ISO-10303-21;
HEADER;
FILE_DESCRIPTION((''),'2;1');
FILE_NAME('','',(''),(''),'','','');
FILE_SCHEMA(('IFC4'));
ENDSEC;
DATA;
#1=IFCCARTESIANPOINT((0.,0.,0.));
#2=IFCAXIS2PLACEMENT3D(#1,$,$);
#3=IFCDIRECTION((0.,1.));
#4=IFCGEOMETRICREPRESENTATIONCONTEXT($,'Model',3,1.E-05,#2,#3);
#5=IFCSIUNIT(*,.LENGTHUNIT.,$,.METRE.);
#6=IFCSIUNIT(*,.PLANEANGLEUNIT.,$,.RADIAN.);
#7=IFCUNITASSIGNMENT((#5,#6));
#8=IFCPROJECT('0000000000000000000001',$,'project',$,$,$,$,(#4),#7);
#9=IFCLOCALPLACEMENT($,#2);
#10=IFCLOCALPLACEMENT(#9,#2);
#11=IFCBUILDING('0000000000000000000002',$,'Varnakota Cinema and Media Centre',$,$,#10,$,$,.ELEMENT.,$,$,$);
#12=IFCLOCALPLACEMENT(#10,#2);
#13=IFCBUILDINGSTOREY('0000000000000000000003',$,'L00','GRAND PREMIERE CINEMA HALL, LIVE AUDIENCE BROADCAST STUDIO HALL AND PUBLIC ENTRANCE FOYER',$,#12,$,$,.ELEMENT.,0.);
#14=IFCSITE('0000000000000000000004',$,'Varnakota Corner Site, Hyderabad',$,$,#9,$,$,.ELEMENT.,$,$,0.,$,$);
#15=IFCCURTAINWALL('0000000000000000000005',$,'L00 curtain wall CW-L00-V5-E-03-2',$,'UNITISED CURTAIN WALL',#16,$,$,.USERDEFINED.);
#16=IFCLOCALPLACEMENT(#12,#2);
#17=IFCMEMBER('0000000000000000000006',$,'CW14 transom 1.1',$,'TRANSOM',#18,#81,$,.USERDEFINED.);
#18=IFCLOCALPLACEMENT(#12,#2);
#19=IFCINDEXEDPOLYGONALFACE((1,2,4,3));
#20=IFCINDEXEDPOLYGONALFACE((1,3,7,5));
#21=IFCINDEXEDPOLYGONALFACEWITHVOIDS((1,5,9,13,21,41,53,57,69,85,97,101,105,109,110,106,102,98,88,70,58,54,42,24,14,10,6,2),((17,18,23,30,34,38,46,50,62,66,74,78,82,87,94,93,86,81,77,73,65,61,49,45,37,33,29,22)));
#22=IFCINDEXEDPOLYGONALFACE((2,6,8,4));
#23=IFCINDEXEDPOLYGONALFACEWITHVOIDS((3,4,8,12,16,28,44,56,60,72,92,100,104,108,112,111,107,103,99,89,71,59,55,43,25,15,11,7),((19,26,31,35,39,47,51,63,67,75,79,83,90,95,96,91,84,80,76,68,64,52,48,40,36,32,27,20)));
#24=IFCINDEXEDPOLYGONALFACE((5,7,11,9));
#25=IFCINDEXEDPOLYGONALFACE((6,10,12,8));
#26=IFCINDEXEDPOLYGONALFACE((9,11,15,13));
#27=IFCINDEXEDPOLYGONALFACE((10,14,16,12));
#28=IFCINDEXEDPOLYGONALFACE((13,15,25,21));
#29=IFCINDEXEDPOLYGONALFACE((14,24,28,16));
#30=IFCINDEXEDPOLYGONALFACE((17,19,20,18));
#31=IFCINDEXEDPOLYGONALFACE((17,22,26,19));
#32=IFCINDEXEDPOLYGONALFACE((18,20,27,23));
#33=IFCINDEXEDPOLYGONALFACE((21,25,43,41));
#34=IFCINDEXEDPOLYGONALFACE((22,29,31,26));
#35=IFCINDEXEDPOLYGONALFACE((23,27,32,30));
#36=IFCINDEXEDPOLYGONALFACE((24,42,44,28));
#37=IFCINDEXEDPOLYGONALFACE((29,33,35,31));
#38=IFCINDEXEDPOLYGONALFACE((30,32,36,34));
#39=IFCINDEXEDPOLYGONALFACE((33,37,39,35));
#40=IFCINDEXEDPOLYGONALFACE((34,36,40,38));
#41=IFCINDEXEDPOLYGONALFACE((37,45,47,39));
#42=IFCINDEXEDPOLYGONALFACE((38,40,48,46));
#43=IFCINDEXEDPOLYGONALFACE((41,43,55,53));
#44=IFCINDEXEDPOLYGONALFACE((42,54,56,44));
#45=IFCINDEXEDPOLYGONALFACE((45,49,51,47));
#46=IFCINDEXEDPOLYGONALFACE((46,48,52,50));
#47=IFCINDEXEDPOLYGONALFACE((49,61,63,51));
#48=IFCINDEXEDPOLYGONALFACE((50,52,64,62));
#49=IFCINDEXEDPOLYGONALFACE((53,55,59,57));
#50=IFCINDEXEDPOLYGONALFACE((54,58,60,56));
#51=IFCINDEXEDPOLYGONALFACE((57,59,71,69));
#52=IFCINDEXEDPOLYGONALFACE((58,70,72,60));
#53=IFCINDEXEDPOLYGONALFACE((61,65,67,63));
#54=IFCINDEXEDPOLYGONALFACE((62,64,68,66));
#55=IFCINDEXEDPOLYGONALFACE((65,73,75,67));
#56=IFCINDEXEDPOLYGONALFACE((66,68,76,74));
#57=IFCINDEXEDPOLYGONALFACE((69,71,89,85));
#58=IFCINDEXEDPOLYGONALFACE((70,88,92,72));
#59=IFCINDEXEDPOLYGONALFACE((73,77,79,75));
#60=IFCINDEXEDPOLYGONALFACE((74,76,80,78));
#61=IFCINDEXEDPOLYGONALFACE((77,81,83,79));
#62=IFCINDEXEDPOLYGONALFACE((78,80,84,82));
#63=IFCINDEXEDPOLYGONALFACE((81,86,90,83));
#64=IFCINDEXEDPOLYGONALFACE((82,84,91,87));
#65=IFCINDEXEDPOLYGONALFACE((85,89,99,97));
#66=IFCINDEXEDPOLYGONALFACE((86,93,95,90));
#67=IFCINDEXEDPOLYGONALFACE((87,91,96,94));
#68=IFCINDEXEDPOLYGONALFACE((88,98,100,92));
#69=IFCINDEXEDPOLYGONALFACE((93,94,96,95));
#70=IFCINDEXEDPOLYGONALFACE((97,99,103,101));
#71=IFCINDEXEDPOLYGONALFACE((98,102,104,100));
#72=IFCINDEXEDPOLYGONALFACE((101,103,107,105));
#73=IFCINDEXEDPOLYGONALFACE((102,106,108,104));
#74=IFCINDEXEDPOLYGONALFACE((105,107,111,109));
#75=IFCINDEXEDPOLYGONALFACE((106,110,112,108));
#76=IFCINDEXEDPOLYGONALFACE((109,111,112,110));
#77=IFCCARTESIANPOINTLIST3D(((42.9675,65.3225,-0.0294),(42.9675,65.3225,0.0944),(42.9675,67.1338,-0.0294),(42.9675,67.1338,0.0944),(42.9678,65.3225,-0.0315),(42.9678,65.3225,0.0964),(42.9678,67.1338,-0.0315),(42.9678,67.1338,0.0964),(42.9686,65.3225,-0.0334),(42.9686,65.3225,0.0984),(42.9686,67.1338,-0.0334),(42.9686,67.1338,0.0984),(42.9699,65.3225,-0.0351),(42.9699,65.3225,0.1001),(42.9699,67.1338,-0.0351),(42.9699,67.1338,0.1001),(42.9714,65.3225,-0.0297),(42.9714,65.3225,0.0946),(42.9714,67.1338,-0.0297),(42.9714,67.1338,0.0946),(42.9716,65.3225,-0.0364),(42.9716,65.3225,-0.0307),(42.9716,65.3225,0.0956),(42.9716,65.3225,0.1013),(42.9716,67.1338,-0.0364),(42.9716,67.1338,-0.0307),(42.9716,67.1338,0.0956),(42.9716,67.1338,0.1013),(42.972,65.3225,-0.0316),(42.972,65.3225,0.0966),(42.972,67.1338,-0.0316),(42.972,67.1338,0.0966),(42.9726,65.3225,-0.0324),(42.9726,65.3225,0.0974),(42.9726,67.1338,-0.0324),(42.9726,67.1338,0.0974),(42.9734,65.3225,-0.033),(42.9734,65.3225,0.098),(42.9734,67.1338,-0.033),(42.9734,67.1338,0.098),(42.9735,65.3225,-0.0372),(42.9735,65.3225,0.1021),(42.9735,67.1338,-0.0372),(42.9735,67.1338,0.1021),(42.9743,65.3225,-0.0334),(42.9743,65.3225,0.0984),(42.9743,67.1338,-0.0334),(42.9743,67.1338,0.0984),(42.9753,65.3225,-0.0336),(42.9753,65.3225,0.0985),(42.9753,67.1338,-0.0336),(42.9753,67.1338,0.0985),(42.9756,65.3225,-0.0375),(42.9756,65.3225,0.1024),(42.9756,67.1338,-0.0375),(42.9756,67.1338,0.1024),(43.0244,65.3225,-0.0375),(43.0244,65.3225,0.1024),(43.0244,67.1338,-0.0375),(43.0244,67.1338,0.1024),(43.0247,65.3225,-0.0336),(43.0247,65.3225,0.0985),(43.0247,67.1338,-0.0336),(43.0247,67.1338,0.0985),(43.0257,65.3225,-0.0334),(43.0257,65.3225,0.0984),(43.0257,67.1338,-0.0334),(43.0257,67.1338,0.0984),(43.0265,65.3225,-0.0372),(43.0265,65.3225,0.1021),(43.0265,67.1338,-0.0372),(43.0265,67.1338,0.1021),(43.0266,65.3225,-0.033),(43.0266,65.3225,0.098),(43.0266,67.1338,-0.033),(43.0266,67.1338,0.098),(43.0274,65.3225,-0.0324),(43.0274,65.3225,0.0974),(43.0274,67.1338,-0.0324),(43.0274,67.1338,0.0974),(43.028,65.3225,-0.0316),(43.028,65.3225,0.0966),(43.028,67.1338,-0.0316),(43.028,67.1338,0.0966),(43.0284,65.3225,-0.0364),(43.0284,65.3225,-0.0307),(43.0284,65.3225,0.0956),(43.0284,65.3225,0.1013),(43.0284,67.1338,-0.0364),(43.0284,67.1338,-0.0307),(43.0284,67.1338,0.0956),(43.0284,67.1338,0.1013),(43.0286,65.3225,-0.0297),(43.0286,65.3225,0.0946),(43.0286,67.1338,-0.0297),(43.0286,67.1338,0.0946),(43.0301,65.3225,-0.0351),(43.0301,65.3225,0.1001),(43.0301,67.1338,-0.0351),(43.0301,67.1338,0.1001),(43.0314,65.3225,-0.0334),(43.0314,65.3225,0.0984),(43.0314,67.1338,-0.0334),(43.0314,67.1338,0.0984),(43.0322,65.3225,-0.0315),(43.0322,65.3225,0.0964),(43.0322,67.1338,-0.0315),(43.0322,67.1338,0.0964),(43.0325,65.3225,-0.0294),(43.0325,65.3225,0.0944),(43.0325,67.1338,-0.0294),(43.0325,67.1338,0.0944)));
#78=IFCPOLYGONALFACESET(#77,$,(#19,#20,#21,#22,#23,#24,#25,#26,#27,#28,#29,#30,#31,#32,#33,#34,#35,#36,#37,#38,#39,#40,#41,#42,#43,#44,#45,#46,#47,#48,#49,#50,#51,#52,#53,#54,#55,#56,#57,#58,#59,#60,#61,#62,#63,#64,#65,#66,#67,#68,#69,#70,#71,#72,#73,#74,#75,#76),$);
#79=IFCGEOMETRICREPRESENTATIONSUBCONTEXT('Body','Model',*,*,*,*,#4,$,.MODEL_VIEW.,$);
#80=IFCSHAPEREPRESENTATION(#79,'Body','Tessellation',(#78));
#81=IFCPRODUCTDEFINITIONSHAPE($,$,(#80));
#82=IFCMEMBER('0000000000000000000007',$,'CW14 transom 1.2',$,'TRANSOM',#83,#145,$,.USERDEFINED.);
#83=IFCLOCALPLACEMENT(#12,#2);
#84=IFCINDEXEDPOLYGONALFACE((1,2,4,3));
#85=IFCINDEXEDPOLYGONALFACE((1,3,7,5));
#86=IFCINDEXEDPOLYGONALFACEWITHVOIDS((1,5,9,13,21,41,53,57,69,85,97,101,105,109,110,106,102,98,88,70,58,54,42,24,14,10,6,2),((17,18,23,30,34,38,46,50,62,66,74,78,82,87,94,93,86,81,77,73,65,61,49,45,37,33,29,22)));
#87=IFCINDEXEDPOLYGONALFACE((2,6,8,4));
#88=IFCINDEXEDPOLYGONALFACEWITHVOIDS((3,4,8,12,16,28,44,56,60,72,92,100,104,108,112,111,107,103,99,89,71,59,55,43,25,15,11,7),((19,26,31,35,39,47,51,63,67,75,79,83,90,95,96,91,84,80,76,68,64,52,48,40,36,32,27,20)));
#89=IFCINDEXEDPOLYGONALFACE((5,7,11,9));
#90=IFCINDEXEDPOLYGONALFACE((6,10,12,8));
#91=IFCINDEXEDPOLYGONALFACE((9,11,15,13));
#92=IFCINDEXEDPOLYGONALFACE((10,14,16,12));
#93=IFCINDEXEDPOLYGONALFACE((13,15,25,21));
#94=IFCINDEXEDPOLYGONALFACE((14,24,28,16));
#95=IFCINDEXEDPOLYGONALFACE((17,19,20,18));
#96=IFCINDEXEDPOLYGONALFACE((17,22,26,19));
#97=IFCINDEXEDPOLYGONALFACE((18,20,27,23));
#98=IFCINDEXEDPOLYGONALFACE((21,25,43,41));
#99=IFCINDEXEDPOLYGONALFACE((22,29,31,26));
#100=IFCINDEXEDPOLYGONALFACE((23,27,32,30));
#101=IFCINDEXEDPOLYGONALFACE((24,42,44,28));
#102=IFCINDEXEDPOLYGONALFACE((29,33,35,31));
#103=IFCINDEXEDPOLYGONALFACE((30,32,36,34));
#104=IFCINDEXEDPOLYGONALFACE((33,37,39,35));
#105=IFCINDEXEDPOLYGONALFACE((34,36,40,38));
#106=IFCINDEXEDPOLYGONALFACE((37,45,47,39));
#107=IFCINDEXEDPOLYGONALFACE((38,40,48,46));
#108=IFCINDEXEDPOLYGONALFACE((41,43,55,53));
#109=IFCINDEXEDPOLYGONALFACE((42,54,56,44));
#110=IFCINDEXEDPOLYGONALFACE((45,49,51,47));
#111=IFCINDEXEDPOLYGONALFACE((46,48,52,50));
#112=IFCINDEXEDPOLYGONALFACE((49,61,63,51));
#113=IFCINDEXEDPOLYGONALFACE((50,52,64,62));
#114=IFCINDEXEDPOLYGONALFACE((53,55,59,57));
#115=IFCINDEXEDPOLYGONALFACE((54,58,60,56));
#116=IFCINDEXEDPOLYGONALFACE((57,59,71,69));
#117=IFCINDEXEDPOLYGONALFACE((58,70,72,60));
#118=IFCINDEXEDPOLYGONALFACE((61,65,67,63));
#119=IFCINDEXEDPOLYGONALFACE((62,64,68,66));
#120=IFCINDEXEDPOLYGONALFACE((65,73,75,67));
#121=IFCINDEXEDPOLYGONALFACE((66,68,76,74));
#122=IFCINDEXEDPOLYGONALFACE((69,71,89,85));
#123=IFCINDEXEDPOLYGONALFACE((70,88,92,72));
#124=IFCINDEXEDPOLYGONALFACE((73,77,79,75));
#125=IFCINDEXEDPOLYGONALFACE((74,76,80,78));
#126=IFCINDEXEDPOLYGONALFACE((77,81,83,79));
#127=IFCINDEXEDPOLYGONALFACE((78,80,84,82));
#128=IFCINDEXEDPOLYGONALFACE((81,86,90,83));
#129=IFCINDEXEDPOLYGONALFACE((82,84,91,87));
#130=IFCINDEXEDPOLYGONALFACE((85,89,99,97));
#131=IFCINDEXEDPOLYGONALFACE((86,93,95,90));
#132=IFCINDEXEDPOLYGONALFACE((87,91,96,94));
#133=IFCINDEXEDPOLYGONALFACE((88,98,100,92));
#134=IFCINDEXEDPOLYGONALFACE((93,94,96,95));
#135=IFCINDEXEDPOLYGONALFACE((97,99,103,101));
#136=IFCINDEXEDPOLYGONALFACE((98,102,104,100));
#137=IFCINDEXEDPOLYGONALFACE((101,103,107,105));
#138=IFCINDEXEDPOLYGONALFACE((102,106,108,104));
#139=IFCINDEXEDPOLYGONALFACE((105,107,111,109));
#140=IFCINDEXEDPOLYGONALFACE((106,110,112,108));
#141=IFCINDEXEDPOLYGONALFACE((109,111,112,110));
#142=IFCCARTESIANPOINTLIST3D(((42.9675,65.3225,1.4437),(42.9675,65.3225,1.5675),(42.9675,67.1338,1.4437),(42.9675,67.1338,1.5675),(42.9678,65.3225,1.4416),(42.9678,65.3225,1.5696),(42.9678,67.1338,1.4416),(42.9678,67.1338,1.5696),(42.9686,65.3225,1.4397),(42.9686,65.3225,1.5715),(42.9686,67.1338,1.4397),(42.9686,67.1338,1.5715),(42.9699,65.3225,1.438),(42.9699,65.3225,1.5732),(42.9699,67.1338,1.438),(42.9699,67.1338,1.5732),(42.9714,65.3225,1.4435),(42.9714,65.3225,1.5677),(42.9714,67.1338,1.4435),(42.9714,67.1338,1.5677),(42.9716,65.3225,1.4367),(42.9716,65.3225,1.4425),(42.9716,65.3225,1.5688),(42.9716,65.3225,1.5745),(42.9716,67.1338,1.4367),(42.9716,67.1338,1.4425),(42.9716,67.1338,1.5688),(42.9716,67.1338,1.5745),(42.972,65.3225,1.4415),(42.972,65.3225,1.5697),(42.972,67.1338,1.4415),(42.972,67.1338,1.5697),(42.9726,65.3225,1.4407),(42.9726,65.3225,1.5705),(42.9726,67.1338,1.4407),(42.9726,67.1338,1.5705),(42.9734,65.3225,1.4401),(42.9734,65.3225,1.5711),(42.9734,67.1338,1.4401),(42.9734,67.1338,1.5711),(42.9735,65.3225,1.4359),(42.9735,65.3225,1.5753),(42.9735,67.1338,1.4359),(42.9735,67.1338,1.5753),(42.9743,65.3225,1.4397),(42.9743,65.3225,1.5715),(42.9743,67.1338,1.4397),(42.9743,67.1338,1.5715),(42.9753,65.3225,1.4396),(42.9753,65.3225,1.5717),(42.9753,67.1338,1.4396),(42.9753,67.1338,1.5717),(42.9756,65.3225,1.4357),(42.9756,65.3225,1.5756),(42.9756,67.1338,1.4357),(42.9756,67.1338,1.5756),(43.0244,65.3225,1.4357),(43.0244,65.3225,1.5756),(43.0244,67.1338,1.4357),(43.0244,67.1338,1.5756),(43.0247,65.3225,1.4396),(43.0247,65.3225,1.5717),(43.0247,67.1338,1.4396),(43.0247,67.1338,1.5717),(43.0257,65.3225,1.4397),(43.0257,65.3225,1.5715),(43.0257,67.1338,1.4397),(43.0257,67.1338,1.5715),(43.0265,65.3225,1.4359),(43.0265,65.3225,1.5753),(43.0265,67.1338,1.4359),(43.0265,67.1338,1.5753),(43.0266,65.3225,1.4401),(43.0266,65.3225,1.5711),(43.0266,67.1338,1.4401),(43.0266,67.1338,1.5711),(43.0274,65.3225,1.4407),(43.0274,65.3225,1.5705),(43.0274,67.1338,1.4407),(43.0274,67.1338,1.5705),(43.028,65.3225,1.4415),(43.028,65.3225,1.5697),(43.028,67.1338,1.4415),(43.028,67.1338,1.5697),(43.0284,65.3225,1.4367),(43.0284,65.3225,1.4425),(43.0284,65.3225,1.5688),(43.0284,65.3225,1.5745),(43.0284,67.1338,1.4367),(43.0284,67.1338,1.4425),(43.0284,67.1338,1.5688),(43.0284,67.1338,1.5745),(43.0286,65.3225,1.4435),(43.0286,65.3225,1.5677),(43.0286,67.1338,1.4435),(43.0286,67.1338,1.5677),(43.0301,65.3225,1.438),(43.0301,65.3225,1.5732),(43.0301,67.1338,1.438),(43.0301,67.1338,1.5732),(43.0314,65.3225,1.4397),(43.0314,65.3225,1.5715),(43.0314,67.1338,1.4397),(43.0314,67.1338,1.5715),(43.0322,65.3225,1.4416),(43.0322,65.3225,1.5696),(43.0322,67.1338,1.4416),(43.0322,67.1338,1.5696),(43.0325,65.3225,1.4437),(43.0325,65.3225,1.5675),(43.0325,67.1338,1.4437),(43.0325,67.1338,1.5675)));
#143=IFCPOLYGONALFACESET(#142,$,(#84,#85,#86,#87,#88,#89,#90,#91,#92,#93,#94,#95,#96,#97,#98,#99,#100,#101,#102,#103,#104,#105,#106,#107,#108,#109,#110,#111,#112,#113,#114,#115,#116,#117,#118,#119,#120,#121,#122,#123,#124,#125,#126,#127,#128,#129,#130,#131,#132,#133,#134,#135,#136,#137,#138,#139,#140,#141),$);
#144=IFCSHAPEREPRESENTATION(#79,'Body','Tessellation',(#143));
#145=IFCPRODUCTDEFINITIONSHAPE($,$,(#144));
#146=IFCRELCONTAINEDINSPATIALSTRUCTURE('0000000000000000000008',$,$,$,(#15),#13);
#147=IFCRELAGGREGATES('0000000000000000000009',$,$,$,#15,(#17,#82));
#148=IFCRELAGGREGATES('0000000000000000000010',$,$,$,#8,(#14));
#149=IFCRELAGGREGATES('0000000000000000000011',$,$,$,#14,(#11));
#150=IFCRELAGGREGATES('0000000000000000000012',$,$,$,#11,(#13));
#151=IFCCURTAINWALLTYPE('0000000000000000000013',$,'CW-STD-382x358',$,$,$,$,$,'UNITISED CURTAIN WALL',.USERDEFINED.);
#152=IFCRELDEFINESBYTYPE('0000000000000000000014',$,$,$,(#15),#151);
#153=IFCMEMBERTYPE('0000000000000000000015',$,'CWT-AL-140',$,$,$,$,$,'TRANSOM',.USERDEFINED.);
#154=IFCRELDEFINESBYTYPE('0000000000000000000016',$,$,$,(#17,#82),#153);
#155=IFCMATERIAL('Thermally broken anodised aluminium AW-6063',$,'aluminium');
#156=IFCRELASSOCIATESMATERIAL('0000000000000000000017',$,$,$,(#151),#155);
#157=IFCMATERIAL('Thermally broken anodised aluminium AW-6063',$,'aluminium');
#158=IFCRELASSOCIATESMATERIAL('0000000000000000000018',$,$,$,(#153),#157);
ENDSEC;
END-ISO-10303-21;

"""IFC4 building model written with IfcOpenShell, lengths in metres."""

from ifc_helpers import new_model, si_unit, direction, frame, origin, origin_2d, place, context, subcontext, project, spatial, hollow_rectangle, extrude, material, material_profile, profile_set, type_object, element, aggregate, save


model = new_model("IFC4")

# Units and contexts
model_context = context("Model", 3, precision=1e-05, world=origin(), true_north=direction((0.0, 1.0)))
body_context = subcontext(model_context, "Body", "Model", "MODEL_VIEW")
ifc_project = project(units=[si_unit("LENGTHUNIT", "METRE"), si_unit("PLANEANGLEUNIT", "RADIAN")], contexts=[model_context])

# Site, building, storey
site_placement = place(None, origin())
site = spatial("IfcSite", under=ifc_project, at=site_placement, Name="Varnakota Corner Site, Hyderabad", CompositionType="ELEMENT", RefElevation=0.0)
building_placement = place(site_placement, origin())
building = spatial("IfcBuilding", under=site, at=building_placement, Name="Varnakota Cinema and Media Centre", CompositionType="ELEMENT")
storey_placement = place(building_placement, origin())
storey = spatial("IfcBuildingStorey", under=building, at=storey_placement, Name="L00", Description="GRAND PREMIERE CINEMA HALL, LIVE AUDIENCE BROADCAST STUDIO HALL AND PUBLIC ENTRANCE FOYER", CompositionType="ELEMENT", Elevation=0.0)

# Shared definitions
ifc_material_1 = material(Name="Thermally broken anodised aluminium AW-6063", Category="aluminium")
curtain_wall_type = type_object("IfcCurtainWallType", Name="CW-STD-382x358", ElementType="UNITISED CURTAIN WALL", PredefinedType="USERDEFINED", material=ifc_material_1)

# Curtain wall
curtain_wall_1_placement = place(storey_placement, origin())
curtain_wall_1 = element("IfcCurtainWall", 1, at=curtain_wall_1_placement, inside=storey, type_object=curtain_wall_type, Name="L00 curtain wall CW-L00-V5-E-03-2", ObjectType="UNITISED CURTAIN WALL", PredefinedType="USERDEFINED")

# Members
ifc_material_2 = material(Name="Thermally broken anodised aluminium AW-6063", Category="aluminium")
ifc_material_profile_1 = material_profile(ifc_material_2, hollow_rectangle(XDim=0.0649, YDim=0.1399, WallThickness=0.0039, InnerFilletRadius=0.0039, OuterFilletRadius=0.0081, at=origin_2d()), Name="AL-TRANSOM 140x65x4")
ifc_profile_set_1 = profile_set([ifc_material_profile_1], Name="Thermally broken anodised aluminium AW-6063")
member_type_1 = type_object("IfcMemberType", Name="CWT-AL-140", ElementType="TRANSOM", PredefinedType="USERDEFINED", material=ifc_profile_set_1)
member_1_placement = place(storey_placement, frame((43.0, 65.3225, 0.0325), z_axis=(0.0, 1.0, 0.0), x_axis=(-1.0, 0.0, 0.0)))
member_1 = element("IfcMember", 2, at=member_1_placement, type_object=member_type_1, Name="CW14 transom 1.1", ObjectType="TRANSOM", PredefinedType="USERDEFINED", context=body_context, shape_type="SweptSolid", body=[
    extrude(hollow_rectangle(XDim=0.0649, YDim=0.1399, WallThickness=0.0039, InnerFilletRadius=0.0039, OuterFilletRadius=0.0081, at=origin_2d()), origin(), (0.0, 0.0, 1.0), 1.8113),
])
member_2_placement = place(storey_placement, frame((43.0, 65.3225, 1.5056), z_axis=(0.0, 1.0, 0.0), x_axis=(-1.0, 0.0, 0.0)))
member_2 = element("IfcMember", 3, at=member_2_placement, type_object=member_type_1, Name="CW14 transom 1.2", ObjectType="TRANSOM", PredefinedType="USERDEFINED", context=body_context, shape_type="SweptSolid", body=[
    extrude(hollow_rectangle(XDim=0.0649, YDim=0.1399, WallThickness=0.0039, InnerFilletRadius=0.0039, OuterFilletRadius=0.0081, at=origin_2d()), origin(), (0.0, 0.0, 1.0), 1.8113),
])

aggregate(curtain_wall_1, [member_1, member_2])

save(model, "model.ifc")
